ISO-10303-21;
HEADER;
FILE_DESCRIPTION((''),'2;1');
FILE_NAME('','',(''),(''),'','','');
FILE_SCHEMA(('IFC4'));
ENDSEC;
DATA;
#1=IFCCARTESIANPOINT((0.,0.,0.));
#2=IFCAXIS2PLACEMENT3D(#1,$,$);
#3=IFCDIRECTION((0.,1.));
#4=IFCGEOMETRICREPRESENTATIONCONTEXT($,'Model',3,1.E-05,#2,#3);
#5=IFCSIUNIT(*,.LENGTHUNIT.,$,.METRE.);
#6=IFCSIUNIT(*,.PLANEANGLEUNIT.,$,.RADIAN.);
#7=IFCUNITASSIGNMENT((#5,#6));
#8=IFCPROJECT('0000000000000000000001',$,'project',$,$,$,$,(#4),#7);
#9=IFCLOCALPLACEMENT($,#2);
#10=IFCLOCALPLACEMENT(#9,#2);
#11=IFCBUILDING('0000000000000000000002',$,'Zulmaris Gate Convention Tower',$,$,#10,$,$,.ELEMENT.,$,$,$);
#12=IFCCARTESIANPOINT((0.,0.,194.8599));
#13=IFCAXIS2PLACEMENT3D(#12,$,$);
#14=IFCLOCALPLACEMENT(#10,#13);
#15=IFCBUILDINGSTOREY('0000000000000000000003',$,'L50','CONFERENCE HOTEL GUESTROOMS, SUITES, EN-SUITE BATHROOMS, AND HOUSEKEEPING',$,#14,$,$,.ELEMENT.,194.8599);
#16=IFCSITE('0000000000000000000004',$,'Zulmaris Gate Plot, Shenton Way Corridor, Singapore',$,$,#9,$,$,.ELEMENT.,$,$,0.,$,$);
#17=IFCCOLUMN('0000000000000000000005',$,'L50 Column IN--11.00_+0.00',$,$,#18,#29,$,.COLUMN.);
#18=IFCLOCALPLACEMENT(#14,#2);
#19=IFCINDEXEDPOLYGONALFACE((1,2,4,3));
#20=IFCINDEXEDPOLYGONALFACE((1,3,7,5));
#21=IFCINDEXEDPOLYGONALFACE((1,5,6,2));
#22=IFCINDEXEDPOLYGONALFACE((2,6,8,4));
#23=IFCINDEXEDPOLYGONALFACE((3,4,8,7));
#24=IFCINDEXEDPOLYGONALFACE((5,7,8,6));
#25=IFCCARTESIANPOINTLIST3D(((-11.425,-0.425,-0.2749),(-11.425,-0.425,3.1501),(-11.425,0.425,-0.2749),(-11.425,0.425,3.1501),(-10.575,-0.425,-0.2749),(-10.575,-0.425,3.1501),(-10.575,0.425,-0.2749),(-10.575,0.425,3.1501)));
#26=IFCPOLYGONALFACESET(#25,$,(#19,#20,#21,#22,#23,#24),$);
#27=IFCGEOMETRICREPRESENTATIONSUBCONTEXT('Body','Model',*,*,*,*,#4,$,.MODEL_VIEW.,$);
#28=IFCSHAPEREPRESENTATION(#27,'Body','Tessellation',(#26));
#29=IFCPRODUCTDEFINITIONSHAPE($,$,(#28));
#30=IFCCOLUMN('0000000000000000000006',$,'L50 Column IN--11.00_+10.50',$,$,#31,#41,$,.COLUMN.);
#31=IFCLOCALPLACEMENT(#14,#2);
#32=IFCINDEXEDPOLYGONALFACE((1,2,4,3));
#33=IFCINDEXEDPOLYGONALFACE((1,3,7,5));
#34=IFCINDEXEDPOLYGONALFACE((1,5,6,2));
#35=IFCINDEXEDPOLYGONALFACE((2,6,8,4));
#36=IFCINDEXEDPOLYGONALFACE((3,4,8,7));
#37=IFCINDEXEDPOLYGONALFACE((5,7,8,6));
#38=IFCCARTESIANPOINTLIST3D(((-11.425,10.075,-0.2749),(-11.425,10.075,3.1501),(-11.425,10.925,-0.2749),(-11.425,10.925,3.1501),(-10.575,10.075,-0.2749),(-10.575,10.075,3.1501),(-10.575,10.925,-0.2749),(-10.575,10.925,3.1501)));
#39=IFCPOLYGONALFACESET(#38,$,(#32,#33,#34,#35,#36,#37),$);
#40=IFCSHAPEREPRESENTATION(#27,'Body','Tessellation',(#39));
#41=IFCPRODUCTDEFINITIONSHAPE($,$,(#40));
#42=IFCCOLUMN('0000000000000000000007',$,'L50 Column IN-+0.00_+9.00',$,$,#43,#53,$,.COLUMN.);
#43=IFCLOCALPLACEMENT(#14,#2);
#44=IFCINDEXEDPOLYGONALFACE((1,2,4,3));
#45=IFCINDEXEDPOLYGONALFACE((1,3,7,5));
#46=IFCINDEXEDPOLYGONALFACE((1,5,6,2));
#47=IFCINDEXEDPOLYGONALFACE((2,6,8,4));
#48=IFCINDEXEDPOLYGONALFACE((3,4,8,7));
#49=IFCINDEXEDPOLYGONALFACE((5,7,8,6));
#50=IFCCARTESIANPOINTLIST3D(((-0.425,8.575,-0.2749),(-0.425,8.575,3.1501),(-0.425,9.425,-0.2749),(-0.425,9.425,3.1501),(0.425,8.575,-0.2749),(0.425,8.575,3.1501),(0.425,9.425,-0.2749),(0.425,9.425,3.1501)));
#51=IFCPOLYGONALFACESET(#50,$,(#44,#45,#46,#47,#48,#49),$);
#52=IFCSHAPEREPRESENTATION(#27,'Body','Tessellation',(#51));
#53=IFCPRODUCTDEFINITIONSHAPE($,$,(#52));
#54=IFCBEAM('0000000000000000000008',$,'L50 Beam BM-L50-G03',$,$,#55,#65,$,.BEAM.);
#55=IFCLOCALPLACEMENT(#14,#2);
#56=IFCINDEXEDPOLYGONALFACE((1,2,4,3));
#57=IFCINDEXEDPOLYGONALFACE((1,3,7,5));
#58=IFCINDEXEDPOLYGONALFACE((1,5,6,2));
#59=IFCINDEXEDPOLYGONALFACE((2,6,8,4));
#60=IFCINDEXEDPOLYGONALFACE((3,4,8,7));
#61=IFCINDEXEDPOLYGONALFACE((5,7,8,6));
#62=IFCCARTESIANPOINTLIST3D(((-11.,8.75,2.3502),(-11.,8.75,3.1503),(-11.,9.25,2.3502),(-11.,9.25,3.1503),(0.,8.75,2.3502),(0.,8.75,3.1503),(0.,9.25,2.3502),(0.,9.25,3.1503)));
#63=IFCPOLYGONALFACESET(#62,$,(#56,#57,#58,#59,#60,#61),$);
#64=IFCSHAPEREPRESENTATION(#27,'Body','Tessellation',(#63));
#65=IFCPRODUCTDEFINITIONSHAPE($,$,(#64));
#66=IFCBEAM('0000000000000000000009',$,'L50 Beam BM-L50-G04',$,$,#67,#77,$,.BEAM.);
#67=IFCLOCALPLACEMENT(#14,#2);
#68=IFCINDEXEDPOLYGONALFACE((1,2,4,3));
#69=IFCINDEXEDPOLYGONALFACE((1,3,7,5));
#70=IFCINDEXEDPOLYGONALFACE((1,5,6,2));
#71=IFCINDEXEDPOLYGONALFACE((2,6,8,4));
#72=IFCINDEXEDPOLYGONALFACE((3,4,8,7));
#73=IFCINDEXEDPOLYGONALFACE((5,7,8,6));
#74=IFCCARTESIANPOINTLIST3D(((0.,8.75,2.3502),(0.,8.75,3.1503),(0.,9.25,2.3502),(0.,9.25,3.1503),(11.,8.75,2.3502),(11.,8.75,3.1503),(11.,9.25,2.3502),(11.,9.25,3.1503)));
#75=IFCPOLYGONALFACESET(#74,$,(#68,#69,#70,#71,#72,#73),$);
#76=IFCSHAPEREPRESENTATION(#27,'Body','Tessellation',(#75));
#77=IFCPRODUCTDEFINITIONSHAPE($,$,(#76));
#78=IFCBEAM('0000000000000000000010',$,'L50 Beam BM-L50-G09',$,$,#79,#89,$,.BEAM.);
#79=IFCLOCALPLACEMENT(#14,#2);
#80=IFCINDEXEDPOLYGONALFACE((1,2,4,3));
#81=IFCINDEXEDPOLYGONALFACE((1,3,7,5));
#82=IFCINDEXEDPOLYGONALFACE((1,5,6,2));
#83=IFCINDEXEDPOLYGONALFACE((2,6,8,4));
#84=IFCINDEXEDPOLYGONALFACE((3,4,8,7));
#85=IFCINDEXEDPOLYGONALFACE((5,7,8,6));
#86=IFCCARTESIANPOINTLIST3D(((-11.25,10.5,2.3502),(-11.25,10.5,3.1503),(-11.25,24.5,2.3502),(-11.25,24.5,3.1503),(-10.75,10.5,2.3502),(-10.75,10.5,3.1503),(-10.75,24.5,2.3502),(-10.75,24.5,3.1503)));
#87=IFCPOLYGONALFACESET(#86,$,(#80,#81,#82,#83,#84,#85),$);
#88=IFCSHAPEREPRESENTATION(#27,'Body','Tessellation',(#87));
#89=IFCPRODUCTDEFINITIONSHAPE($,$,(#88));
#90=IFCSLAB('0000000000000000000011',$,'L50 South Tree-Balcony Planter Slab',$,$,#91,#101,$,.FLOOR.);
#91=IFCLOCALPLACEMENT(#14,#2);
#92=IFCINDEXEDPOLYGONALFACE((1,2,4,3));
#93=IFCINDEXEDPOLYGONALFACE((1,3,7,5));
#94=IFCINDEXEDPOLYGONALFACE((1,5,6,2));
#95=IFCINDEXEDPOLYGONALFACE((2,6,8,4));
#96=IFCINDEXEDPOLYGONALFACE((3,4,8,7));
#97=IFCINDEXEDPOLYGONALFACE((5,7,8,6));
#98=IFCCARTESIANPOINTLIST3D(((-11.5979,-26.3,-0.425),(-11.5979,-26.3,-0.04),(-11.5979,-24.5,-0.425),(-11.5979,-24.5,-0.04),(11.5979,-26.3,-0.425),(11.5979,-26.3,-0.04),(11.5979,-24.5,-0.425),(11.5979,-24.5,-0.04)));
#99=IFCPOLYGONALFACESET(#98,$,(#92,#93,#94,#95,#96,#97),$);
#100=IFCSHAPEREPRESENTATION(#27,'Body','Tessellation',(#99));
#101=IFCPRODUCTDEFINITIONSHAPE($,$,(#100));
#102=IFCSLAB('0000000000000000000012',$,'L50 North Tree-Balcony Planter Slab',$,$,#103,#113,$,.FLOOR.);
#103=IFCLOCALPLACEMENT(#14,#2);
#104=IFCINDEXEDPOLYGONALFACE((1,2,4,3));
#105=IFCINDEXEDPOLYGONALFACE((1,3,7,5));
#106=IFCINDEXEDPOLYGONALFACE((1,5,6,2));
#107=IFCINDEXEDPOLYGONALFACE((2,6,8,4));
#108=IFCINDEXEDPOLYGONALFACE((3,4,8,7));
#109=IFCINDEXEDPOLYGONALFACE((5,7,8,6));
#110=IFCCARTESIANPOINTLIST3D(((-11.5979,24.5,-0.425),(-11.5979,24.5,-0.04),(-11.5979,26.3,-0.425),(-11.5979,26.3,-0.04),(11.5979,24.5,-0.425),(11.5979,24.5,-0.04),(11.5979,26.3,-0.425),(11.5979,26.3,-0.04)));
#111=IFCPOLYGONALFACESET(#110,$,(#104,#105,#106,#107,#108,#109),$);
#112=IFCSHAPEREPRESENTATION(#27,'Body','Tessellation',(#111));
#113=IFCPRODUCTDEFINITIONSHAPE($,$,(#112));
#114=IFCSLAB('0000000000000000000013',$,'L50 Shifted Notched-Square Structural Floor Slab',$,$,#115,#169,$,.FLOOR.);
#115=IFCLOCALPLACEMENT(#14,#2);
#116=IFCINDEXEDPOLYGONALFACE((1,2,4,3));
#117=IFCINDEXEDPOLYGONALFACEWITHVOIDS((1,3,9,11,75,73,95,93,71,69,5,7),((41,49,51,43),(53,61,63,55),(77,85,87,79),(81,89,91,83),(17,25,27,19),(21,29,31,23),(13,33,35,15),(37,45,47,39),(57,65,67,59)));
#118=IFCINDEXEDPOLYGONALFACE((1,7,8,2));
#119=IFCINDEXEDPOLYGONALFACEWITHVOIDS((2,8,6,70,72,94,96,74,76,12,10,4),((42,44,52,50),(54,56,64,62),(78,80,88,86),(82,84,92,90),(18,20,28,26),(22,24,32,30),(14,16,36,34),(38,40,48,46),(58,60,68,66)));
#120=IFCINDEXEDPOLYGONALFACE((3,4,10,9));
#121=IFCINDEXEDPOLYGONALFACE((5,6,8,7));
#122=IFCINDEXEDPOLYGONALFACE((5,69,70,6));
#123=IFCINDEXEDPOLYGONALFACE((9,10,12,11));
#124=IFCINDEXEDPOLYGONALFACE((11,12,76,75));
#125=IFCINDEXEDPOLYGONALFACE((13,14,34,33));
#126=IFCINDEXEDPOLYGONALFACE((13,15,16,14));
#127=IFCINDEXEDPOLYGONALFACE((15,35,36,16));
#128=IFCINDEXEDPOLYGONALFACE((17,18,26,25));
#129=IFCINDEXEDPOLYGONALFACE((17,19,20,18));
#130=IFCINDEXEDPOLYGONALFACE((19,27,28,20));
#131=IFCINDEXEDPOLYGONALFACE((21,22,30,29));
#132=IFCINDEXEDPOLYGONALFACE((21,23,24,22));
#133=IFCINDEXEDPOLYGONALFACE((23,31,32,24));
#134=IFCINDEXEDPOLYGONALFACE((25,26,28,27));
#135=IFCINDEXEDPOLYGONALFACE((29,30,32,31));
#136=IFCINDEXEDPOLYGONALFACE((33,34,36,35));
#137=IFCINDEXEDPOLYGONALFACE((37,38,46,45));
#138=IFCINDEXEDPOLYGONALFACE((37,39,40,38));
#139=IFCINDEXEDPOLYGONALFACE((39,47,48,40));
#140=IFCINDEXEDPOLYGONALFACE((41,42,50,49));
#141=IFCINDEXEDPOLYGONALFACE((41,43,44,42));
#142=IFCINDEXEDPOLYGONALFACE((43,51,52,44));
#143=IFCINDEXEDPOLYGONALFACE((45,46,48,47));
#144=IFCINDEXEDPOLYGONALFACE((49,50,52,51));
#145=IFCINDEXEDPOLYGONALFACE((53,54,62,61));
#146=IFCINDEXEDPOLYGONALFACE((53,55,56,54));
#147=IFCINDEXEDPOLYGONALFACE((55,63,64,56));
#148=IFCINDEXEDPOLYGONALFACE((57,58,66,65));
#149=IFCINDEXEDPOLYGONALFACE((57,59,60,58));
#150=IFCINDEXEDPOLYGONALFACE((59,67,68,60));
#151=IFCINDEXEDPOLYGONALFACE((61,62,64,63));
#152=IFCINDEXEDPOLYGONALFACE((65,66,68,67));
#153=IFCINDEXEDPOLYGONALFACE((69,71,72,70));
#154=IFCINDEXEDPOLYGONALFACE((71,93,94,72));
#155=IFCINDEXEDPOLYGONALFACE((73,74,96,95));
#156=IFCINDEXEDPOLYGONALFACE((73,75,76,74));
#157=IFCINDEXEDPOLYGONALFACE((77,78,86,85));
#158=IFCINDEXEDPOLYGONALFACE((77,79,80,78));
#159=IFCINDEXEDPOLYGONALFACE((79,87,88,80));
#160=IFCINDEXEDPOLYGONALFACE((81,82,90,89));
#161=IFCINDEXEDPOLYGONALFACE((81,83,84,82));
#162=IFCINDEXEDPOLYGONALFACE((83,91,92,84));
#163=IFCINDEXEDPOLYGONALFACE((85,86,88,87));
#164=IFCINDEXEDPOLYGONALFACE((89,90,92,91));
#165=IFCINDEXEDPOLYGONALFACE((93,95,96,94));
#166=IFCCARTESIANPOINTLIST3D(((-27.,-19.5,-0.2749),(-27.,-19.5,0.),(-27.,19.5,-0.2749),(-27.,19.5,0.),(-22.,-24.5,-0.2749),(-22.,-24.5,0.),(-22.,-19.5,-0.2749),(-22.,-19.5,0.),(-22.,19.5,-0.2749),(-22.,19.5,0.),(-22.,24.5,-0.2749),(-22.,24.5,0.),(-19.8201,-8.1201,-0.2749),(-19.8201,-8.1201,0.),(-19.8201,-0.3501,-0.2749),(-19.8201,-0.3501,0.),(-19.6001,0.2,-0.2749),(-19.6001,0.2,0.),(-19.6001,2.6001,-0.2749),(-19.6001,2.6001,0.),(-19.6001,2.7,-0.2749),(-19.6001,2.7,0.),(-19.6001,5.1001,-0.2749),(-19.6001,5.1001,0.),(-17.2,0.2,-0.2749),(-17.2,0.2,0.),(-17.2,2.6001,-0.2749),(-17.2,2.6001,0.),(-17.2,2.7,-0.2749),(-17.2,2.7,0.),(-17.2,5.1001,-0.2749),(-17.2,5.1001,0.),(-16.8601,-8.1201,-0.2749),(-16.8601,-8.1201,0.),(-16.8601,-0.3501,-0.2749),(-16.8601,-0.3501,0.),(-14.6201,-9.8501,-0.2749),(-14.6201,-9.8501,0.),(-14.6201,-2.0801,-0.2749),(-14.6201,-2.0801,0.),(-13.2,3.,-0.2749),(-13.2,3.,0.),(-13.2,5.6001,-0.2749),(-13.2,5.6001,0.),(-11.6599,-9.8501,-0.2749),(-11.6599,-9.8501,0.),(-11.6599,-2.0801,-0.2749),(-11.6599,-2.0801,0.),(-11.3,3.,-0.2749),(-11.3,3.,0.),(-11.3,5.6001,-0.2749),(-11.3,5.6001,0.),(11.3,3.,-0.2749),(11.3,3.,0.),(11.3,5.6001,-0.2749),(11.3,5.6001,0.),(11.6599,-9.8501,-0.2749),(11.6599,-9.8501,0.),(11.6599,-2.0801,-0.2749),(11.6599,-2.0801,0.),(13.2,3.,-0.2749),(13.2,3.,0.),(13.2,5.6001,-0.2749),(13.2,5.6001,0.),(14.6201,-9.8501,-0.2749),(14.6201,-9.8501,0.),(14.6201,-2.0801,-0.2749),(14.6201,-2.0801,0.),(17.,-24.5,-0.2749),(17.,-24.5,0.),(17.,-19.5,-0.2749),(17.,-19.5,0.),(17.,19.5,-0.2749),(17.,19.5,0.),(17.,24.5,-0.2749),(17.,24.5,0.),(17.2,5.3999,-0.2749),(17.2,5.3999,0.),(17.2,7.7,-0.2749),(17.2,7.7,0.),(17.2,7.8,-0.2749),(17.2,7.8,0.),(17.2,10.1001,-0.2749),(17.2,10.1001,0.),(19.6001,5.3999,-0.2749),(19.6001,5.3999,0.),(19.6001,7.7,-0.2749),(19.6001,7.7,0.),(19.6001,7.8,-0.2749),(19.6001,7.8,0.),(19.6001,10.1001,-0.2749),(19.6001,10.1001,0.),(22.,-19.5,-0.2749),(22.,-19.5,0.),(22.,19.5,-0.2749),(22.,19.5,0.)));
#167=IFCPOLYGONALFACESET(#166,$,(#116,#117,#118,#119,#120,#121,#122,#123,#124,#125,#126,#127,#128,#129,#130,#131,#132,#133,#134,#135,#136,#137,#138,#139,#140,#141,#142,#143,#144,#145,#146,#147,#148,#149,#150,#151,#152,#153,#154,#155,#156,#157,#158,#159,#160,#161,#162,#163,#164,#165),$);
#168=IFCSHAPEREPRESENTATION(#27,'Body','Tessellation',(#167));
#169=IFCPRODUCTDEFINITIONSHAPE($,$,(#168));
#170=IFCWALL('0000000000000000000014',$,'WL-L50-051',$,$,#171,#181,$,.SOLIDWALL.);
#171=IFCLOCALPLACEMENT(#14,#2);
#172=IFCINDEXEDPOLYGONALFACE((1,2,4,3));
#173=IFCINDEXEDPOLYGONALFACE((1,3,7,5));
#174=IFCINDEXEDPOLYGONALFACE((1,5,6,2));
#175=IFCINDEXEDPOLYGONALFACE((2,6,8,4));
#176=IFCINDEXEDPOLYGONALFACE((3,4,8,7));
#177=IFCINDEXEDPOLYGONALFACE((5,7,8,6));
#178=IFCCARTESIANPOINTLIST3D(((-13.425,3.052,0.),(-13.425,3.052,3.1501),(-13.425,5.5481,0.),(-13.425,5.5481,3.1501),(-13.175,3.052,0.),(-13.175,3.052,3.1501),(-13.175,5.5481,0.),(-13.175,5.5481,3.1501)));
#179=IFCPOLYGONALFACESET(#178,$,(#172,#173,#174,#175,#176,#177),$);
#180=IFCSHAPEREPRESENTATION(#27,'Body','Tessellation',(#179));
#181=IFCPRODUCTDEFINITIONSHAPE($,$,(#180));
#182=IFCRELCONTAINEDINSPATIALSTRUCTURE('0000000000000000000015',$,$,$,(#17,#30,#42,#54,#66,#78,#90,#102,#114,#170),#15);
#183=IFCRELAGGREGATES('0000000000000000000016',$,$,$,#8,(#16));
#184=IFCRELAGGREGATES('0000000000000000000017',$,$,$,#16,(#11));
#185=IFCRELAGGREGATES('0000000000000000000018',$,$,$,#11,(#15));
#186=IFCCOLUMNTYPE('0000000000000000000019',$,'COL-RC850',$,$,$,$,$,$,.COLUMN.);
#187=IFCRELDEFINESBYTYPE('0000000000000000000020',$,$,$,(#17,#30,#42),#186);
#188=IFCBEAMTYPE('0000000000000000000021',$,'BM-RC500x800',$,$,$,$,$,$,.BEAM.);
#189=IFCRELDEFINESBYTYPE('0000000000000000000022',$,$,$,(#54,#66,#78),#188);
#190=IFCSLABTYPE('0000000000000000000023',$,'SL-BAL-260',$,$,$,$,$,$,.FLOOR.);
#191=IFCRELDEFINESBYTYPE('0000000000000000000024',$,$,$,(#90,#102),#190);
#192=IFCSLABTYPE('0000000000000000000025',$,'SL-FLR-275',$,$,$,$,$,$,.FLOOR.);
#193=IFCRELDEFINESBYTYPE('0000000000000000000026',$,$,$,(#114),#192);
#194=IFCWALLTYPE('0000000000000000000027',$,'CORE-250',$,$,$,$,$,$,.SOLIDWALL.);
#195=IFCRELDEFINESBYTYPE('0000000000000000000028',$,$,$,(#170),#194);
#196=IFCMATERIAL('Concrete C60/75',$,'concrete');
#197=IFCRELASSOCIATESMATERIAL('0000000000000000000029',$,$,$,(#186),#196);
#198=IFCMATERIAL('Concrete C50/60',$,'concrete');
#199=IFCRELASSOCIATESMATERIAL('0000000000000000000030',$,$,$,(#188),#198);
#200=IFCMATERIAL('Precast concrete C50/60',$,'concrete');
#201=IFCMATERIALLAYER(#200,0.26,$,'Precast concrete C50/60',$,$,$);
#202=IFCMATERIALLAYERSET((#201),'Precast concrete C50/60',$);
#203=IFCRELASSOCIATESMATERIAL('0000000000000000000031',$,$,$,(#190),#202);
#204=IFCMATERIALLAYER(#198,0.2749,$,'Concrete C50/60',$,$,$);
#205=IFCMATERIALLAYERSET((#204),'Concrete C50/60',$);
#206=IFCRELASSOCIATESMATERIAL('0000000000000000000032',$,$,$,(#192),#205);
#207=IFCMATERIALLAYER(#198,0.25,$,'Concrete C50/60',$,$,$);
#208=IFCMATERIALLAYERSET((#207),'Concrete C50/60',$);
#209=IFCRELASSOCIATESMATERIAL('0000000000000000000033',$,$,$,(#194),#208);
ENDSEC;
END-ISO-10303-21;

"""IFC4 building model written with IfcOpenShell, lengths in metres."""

from ifc_helpers import new_model, si_unit, direction, frame, frame_2d, origin, origin_2d, place, context, subcontext, project, spatial, polyline, rectangle, outline, extrude, material, layer, layer_set, material_profile, profile_set, type_object, element, save


model = new_model("IFC4")

# Units and contexts
model_context = context("Model", 3, precision=1e-05, world=origin(), true_north=direction((0.0, 1.0)))
body_context = subcontext(model_context, "Body", "Model", "MODEL_VIEW")
ifc_project = project(units=[si_unit("LENGTHUNIT", "METRE"), si_unit("PLANEANGLEUNIT", "RADIAN")], contexts=[model_context])

# Site, building, storey
site_placement = place(None, origin())
site = spatial("IfcSite", under=ifc_project, at=site_placement, Name="Zulmaris Gate Plot, Shenton Way Corridor, Singapore", CompositionType="ELEMENT", RefElevation=0.0)
building_placement = place(site_placement, origin())
building = spatial("IfcBuilding", under=site, at=building_placement, Name="Zulmaris Gate Convention Tower", CompositionType="ELEMENT")
storey_placement = place(building_placement, frame((0.0, 0.0, 194.8599)))
storey = spatial("IfcBuildingStorey", under=building, at=storey_placement, Name="L50", Description="CONFERENCE HOTEL GUESTROOMS, SUITES, EN-SUITE BATHROOMS, AND HOUSEKEEPING", CompositionType="ELEMENT", Elevation=194.8599)

# Columns
ifc_material_1 = material(Name="Concrete C60/75", Category="concrete")
ifc_material_profile_1 = material_profile(ifc_material_1, rectangle(XDim=0.8501, YDim=0.8501, at=origin_2d()), Name="RC COL 850x850")
ifc_profile_set_1 = profile_set([ifc_material_profile_1], Name="Concrete C60/75")
column_type = type_object("IfcColumnType", Name="COL-RC850", PredefinedType="COLUMN", material=ifc_profile_set_1)
for number, where, z_axis, x_axis, name in (
    (1, (-11.0, 0.0, -0.2749), (0.0, 0.0, 1.0), (1.0, 0.0, 0.0), "L50 Column IN--11.00_+0.00"),
    (2, (-11.0, 10.5, -0.2749), (0.0, 0.0, 1.0), (1.0, 0.0, 0.0), "L50 Column IN--11.00_+10.50"),
    (3, (0.0, 9.0, -0.2749), (0.0, 0.0, 1.0), (1.0, 0.0, 0.0), "L50 Column IN-+0.00_+9.00"),
):
    element("IfcColumn", number, at=place(storey_placement, frame(where, z_axis=z_axis, x_axis=x_axis)), inside=storey, type_object=column_type, Name=name, PredefinedType="COLUMN", context=body_context, shape_type="SweptSolid", body=[
        extrude(rectangle(XDim=0.8501, YDim=0.8501, at=origin_2d()), origin(), (0.0, 0.0, 1.0), 3.425),
    ])

# Beams
ifc_material_2 = material(Name="Concrete C50/60", Category="concrete")
ifc_material_profile_2 = material_profile(ifc_material_2, rectangle(XDim=0.5, YDim=0.8, at=origin_2d()), Name="RC BEAM 500x800")
ifc_profile_set_2 = profile_set([ifc_material_profile_2], Name="Concrete C50/60")
beam_type = type_object("IfcBeamType", Name="BM-RC500x800", PredefinedType="BEAM", material=ifc_profile_set_2)
for number, where, z_axis, x_axis, name in (
    (4, (-11.0, 9.0, 2.7502), (1.0, 0.0, 0.0), (0.0, 1.0, 0.0), "L50 Beam BM-L50-G03"),
    (5, (0.0, 9.0, 2.7502), (1.0, 0.0, 0.0), (0.0, 1.0, 0.0), "L50 Beam BM-L50-G04"),
):
    element("IfcBeam", number, at=place(storey_placement, frame(where, z_axis=z_axis, x_axis=x_axis)), inside=storey, type_object=beam_type, Name=name, PredefinedType="BEAM", context=body_context, shape_type="SweptSolid", body=[
        extrude(rectangle(XDim=0.5, YDim=0.8, at=origin_2d()), origin(), (0.0, 0.0, 1.0), 11.0),
    ])
beam_placement = place(storey_placement, frame((-11.0, 10.5, 2.7502), z_axis=(0.0, 1.0, 0.0), x_axis=(-1.0, 0.0, 0.0)))
element("IfcBeam", 6, at=beam_placement, inside=storey, type_object=beam_type, Name="L50 Beam BM-L50-G09", PredefinedType="BEAM", context=body_context, shape_type="SweptSolid", body=[
    extrude(rectangle(XDim=0.5, YDim=0.8, at=origin_2d()), origin(), (0.0, 0.0, 1.0), 14.0),
])

# Slabs
ifc_material_3 = material(Name="Precast concrete C50/60", Category="concrete")
ifc_layer_1 = layer(ifc_material_3, 0.26, Name="Precast concrete C50/60")
ifc_layer_set_1 = layer_set([ifc_layer_1], Name="Precast concrete C50/60")
slab_type_1 = type_object("IfcSlabType", Name="SL-BAL-260", PredefinedType="FLOOR", material=ifc_layer_set_1)
slab_1_placement = place(storey_placement, frame((0.0, 0.0, -0.425)))
element("IfcSlab", 7, at=slab_1_placement, inside=storey, type_object=slab_type_1, Name="L50 South Tree-Balcony Planter Slab", PredefinedType="FLOOR", context=body_context, shape_type="SweptSolid", body=[
    extrude(outline(polyline([(-11.5979, -26.3), (-11.5979, -24.5), (11.5979, -24.5), (11.5979, -26.3), (-11.5979, -26.3)])), origin(), (0.0, 0.0, 1.0), 0.385),
])
slab_2_placement = place(storey_placement, frame((0.0, 0.0, -0.425)))
element("IfcSlab", 8, at=slab_2_placement, inside=storey, type_object=slab_type_1, Name="L50 North Tree-Balcony Planter Slab", PredefinedType="FLOOR", context=body_context, shape_type="SweptSolid", body=[
    extrude(outline(polyline([(11.5979, 26.3), (11.5979, 24.5), (-11.5979, 24.5), (-11.5979, 26.3), (11.5979, 26.3)])), origin(), (0.0, 0.0, 1.0), 0.385),
])
ifc_layer_2 = layer(ifc_material_2, 0.2749, Name="Concrete C50/60")
ifc_layer_set_2 = layer_set([ifc_layer_2], Name="Concrete C50/60")
slab_type_2 = type_object("IfcSlabType", Name="SL-FLR-275", PredefinedType="FLOOR", material=ifc_layer_set_2)
slab_3_placement = place(storey_placement, frame((0.0, 0.0, -0.2749)))
element("IfcSlab", 9, at=slab_3_placement, inside=storey, type_object=slab_type_2, Name="L50 Shifted Notched-Square Structural Floor Slab", PredefinedType="FLOOR", context=body_context, shape_type="SweptSolid", body=[
    extrude(outline(polyline([(-22.0, -24.5), (17.0, -24.5), (17.0, -19.5), (22.0, -19.5), (22.0, 19.5), (17.0, 19.5), (17.0, 24.5), (-22.0, 24.5), (-22.0, 19.5), (-27.0, 19.5), (-27.0, -19.5), (-22.0, -19.5), (-22.0, -24.5)]), holes=[polyline([(-14.6201, -2.0801), (-14.6201, -9.8501), (-11.6599, -9.8501), (-11.6599, -2.0801), (-14.6201, -2.0801)]), polyline([(11.6599, -2.0801), (11.6599, -9.8501), (14.6201, -9.8501), (14.6201, -2.0801), (11.6599, -2.0801)]), polyline([(-16.8601, -8.1201), (-16.8601, -0.3501), (-19.8201, -0.3501), (-19.8201, -8.1201), (-16.8601, -8.1201)]), polyline([(-13.2, 3.0), (-11.3, 3.0), (-11.3, 5.6001), (-13.2, 5.6001), (-13.2, 3.0)]), polyline([(11.3, 3.0), (13.2, 3.0), (13.2, 5.6001), (11.3, 5.6001), (11.3, 3.0)]), polyline([(17.2, 5.3999), (19.6001, 5.3999), (19.6001, 7.7), (17.2, 7.7), (17.2, 5.3999)]), polyline([(17.2, 7.8), (19.6001, 7.8), (19.6001, 10.1001), (17.2, 10.1001), (17.2, 7.8)]), polyline([(-19.6001, 0.2), (-17.2, 0.2), (-17.2, 2.6001), (-19.6001, 2.6001), (-19.6001, 0.2)]), polyline([(-19.6001, 2.7), (-17.2, 2.7), (-17.2, 5.1001), (-19.6001, 5.1001), (-19.6001, 2.7)])]), origin(), (0.0, 0.0, 1.0), 0.2749),
])

# Wall
ifc_layer_3 = layer(ifc_material_2, 0.25, Name="Concrete C50/60")
ifc_layer_set_3 = layer_set([ifc_layer_3], Name="Concrete C50/60")
wall_type_1 = type_object("IfcWallType", Name="CORE-250", PredefinedType="SOLIDWALL", material=ifc_layer_set_3)
wall_1_placement = place(storey_placement, frame((-13.3, 3.052, 0.0), z_axis=(0.0, 0.0, 1.0), x_axis=(0.0, 1.0, 0.0)))
element("IfcWall", 10, at=wall_1_placement, inside=storey, type_object=wall_type_1, Name="WL-L50-051", PredefinedType="SOLIDWALL", context=body_context, shape_type="SweptSolid", body=[
    extrude(rectangle(XDim=2.4961, YDim=0.25, at=frame_2d((1.248, 0.0))), origin(), (0.0, 0.0, 1.0), 3.1501),
])

save(model, "model.ifc")
